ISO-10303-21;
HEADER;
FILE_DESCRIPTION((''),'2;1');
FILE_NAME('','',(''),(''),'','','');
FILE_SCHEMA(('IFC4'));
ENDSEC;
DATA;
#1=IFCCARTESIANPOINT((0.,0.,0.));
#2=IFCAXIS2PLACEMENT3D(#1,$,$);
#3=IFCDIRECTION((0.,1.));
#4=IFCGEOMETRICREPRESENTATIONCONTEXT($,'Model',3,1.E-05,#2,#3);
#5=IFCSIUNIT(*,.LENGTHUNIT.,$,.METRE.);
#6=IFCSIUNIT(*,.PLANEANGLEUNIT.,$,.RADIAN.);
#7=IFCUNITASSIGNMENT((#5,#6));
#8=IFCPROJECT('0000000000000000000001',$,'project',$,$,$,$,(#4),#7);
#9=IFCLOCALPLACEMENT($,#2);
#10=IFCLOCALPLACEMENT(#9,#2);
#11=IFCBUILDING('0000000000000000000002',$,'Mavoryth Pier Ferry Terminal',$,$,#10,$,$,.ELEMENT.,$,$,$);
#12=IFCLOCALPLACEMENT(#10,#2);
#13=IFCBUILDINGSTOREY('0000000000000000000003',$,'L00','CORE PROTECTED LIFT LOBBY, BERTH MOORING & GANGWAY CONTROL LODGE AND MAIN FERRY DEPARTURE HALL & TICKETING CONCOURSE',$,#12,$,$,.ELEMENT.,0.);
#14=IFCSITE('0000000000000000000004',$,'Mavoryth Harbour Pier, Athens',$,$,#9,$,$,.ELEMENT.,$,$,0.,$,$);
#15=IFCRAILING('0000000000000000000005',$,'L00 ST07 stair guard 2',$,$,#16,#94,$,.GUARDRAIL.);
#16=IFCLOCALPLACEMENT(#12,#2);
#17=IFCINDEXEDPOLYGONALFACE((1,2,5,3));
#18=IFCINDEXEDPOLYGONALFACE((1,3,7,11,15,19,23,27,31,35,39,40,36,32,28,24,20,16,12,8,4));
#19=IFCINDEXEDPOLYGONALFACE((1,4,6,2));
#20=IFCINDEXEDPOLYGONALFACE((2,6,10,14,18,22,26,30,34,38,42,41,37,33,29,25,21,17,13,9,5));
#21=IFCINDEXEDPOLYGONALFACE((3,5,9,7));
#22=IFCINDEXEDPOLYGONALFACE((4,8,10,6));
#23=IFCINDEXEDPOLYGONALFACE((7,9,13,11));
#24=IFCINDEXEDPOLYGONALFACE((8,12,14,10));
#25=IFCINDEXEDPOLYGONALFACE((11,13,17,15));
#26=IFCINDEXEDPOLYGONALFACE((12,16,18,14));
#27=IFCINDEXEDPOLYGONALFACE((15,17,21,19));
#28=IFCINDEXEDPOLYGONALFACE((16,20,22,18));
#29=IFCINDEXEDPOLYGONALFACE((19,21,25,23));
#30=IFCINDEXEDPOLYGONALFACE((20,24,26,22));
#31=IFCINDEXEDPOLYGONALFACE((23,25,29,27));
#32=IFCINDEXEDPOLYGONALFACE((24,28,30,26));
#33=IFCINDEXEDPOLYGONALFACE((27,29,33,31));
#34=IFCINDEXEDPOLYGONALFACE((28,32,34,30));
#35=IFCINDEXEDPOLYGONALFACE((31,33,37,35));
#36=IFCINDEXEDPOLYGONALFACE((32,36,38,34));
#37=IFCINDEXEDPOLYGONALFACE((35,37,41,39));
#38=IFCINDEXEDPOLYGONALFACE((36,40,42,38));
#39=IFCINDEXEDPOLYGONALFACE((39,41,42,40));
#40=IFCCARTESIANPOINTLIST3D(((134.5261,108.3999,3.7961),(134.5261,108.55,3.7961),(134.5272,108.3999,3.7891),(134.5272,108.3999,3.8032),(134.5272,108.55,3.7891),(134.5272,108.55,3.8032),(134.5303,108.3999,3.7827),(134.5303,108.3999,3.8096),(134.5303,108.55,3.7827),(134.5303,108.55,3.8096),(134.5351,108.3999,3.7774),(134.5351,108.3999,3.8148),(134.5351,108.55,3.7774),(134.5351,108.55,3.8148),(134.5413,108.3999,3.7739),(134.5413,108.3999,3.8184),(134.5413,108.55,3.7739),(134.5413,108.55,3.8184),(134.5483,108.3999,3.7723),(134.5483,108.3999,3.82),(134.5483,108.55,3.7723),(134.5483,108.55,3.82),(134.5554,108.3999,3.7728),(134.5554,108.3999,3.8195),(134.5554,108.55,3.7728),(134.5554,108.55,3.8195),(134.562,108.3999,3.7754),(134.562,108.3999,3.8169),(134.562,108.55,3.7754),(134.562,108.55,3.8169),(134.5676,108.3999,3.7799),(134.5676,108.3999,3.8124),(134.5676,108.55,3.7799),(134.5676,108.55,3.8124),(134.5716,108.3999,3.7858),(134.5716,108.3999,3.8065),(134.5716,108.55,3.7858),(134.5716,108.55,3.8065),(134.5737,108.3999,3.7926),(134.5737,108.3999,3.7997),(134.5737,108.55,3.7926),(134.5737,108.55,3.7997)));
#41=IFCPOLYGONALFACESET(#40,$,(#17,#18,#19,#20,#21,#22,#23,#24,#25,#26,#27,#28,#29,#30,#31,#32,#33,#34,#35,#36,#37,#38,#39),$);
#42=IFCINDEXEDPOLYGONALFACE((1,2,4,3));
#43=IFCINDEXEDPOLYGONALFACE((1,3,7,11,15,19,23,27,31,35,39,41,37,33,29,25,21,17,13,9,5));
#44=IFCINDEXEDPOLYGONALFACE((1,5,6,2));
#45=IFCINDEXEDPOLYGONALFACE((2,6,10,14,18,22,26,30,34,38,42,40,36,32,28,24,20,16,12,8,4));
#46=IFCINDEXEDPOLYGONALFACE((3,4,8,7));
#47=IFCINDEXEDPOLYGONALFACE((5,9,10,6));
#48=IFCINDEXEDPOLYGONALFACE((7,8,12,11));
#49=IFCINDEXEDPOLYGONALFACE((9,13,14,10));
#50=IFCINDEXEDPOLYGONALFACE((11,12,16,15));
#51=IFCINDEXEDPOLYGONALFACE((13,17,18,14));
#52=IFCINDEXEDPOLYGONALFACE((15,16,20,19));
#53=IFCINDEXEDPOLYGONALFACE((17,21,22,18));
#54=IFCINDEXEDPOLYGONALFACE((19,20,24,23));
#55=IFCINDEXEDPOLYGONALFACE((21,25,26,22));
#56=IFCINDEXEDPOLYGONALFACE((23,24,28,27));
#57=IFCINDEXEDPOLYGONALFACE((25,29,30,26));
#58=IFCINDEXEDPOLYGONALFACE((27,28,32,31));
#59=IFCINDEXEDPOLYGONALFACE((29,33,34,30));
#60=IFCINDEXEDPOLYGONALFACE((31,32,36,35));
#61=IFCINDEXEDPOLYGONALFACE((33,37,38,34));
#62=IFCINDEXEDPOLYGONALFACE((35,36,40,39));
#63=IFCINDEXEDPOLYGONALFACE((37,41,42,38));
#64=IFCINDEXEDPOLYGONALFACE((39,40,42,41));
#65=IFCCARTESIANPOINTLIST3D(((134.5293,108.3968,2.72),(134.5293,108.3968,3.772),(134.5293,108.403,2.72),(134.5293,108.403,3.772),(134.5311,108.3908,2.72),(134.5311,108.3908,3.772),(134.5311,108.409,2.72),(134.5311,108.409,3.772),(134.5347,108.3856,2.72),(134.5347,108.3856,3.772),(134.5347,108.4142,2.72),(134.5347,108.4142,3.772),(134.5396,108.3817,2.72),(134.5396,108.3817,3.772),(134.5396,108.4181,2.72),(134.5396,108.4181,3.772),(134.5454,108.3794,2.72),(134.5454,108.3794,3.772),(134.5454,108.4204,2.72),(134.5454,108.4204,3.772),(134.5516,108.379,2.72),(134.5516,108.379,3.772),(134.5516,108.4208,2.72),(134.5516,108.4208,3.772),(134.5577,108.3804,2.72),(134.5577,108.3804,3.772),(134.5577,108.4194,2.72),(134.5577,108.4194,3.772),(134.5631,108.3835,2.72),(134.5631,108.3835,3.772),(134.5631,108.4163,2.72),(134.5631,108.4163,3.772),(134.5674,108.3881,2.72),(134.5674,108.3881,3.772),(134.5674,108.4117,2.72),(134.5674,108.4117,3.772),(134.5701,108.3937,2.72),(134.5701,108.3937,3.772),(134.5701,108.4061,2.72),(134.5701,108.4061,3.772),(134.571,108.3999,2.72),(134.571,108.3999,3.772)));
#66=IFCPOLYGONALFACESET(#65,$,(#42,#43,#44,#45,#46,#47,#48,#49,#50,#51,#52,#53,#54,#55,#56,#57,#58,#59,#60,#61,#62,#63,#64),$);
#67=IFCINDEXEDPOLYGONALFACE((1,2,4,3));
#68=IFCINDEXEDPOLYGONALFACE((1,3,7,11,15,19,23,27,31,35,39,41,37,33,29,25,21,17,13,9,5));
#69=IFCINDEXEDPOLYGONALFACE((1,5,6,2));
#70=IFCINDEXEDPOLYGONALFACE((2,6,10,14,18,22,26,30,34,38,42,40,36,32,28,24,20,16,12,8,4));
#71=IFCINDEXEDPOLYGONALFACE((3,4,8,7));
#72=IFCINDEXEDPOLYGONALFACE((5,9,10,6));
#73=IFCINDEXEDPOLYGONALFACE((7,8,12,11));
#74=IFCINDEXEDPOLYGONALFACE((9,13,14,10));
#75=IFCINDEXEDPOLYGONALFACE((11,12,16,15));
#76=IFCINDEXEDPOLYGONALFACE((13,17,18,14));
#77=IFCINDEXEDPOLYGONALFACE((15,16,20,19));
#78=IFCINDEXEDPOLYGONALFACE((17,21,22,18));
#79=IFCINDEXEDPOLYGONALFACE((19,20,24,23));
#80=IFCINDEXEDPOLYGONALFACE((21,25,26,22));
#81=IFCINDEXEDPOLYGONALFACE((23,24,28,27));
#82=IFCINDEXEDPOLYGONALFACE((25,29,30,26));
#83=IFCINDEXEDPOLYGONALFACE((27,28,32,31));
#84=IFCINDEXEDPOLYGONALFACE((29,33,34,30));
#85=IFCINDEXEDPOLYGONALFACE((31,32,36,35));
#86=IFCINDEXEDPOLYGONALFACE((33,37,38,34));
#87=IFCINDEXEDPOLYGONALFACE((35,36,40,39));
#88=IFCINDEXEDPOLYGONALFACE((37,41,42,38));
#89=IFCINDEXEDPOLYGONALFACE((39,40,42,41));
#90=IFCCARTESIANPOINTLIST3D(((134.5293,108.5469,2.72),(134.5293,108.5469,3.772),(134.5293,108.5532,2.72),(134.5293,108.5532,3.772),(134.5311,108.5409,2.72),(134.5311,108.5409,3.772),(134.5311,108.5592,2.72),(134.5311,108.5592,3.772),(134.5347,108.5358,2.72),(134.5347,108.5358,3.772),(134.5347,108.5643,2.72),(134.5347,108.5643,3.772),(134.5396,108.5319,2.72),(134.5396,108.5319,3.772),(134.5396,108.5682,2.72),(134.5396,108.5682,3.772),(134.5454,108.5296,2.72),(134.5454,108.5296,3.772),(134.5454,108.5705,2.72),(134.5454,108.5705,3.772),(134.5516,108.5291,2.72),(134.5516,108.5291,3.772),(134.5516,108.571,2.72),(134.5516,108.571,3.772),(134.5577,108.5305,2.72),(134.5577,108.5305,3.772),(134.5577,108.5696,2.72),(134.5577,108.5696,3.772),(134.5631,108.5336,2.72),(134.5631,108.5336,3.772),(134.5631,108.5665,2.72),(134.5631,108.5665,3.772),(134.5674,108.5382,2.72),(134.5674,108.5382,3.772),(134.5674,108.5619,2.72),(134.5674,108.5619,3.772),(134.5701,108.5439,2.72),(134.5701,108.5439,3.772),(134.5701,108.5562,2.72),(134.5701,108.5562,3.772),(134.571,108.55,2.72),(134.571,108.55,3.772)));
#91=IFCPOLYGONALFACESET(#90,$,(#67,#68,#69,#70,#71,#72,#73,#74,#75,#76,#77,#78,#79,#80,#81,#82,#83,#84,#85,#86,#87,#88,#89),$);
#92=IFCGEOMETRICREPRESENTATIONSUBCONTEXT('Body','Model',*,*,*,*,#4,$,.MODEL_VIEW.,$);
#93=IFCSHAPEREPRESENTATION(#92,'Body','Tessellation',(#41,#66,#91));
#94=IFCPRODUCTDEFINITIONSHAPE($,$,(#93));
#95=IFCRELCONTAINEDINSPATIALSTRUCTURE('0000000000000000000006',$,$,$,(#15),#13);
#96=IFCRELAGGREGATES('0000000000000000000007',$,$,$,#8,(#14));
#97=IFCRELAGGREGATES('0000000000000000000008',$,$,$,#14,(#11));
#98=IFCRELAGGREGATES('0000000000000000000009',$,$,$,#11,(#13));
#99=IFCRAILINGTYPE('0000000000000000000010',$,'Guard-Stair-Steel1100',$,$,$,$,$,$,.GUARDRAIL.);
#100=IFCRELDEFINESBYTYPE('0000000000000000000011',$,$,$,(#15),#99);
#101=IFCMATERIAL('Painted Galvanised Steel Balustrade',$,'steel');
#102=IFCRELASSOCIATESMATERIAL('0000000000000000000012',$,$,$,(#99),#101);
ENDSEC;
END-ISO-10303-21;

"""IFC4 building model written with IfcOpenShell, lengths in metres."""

from ifc_helpers import new_model, si_unit, direction, frame, origin, origin_2d, place, context, subcontext, project, spatial, circle, extrude, material, type_object, element, save


model = new_model("IFC4")

# Units and contexts
model_context = context("Model", 3, precision=1e-05, world=origin(), true_north=direction((0.0, 1.0)))
body_context = subcontext(model_context, "Body", "Model", "MODEL_VIEW")
ifc_project = project(units=[si_unit("LENGTHUNIT", "METRE"), si_unit("PLANEANGLEUNIT", "RADIAN")], contexts=[model_context])

# Site, building, storey
site_placement = place(None, origin())
site = spatial("IfcSite", under=ifc_project, at=site_placement, Name="Mavoryth Harbour Pier, Athens", CompositionType="ELEMENT", RefElevation=0.0)
building_placement = place(site_placement, origin())
building = spatial("IfcBuilding", under=site, at=building_placement, Name="Mavoryth Pier Ferry Terminal", CompositionType="ELEMENT")
storey_placement = place(building_placement, origin())
storey = spatial("IfcBuildingStorey", under=building, at=storey_placement, Name="L00", Description="CORE PROTECTED LIFT LOBBY, BERTH MOORING & GANGWAY CONTROL LODGE AND MAIN FERRY DEPARTURE HALL & TICKETING CONCOURSE", CompositionType="ELEMENT", Elevation=0.0)

# Railing
ifc_material_1 = material(Name="Painted Galvanised Steel Balustrade", Category="steel")
railing_type_1 = type_object("IfcRailingType", Name="Guard-Stair-Steel1100", PredefinedType="GUARDRAIL", material=ifc_material_1)
railing_1_placement = place(storey_placement, frame((134.55, 108.3999, 2.72)))
element("IfcRailing", 1, at=railing_1_placement, inside=storey, type_object=railing_type_1, Name="L00 ST07 stair guard 2", PredefinedType="GUARDRAIL", context=body_context, shape_type="SweptSolid", body=[
    extrude(circle(Radius=0.0239, at=origin_2d()), frame((0.0, 0.0, 1.0762), z_axis=(0.0, 1.0, 0.0), x_axis=(-1.0, 0.0, 0.0)), (0.0, 0.0, 1.0), 0.1501),
    extrude(circle(Radius=0.021, at=origin_2d()), origin(), (0.0, 0.0, 1.0), 1.052),
    extrude(circle(Radius=0.021, at=origin_2d()), frame((0.0, 0.1501, 0.0)), (0.0, 0.0, 1.0), 1.052),
])

save(model, "model.ifc")
